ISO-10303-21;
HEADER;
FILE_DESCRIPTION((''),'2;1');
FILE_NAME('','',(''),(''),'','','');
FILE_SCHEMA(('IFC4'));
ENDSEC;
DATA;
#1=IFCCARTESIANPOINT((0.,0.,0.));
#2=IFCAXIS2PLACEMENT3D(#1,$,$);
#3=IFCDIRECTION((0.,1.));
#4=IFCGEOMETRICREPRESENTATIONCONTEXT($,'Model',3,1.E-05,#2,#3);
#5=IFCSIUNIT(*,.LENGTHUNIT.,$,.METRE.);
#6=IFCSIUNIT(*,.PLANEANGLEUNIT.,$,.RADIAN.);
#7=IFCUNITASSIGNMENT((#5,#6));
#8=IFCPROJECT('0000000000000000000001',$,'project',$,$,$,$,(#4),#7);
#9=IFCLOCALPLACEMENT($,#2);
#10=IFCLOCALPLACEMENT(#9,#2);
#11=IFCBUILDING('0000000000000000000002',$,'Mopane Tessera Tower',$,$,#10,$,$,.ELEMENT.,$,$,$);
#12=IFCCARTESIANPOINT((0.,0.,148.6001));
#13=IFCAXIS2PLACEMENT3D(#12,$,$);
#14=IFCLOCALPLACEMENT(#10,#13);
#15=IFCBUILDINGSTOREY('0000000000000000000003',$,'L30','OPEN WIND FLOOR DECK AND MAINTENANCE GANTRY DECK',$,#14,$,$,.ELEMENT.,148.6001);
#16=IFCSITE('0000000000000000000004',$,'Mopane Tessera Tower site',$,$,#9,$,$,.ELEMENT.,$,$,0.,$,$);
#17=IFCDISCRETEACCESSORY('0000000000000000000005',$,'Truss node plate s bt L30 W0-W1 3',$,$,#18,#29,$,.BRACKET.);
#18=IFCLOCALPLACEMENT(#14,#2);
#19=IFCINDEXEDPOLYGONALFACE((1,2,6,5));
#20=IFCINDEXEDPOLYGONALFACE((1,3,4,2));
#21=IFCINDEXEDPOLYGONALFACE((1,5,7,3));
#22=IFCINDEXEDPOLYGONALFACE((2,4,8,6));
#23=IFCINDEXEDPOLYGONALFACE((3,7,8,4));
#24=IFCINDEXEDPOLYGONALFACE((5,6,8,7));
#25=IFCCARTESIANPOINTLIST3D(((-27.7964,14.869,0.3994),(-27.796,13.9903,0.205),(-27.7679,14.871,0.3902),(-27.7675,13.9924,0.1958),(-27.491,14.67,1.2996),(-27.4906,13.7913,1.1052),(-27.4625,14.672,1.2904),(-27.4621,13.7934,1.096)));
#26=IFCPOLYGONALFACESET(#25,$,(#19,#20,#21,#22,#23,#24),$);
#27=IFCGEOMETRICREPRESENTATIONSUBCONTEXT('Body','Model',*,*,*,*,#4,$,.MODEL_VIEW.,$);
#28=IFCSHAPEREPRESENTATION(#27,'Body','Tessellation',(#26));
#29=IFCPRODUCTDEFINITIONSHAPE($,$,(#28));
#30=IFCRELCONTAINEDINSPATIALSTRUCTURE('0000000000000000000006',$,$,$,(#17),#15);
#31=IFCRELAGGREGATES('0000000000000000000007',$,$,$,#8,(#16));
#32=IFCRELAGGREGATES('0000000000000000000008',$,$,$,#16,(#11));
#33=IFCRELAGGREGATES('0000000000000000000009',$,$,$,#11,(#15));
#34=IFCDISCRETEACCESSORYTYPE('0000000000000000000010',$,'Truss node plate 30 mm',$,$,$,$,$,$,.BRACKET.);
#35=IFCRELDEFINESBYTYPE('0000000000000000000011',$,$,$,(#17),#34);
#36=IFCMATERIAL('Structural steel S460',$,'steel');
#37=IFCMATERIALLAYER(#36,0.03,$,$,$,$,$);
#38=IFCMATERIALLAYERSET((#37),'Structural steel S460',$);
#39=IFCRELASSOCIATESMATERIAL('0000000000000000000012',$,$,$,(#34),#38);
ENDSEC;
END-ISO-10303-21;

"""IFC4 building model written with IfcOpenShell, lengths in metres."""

from ifc_helpers import new_model, si_unit, direction, frame, origin, origin_2d, place, context, subcontext, project, spatial, rectangle, extrude, material, layer, layer_set, type_object, element, save


model = new_model("IFC4")

# Units and contexts
model_context = context("Model", 3, precision=1e-05, world=origin(), true_north=direction((0.0, 1.0)))
body_context = subcontext(model_context, "Body", "Model", "MODEL_VIEW")
ifc_project = project(units=[si_unit("LENGTHUNIT", "METRE"), si_unit("PLANEANGLEUNIT", "RADIAN")], contexts=[model_context])

# Site, building, storey
site_placement = place(None, origin())
site = spatial("IfcSite", under=ifc_project, at=site_placement, Name="Mopane Tessera Tower site", CompositionType="ELEMENT", RefElevation=0.0)
building_placement = place(site_placement, origin())
building = spatial("IfcBuilding", under=site, at=building_placement, Name="Mopane Tessera Tower", CompositionType="ELEMENT")
storey_placement = place(building_placement, frame((0.0, 0.0, 148.6001)))
storey = spatial("IfcBuildingStorey", under=building, at=storey_placement, Name="L30", Description="OPEN WIND FLOOR DECK AND MAINTENANCE GANTRY DECK", CompositionType="ELEMENT", Elevation=148.6001)

# Discrete accessory
ifc_material_1 = material(Name="Structural steel S460", Category="steel")
ifc_layer_1 = layer(ifc_material_1, 0.03)
ifc_layer_set_1 = layer_set([ifc_layer_1], Name="Structural steel S460")
discrete_accessory_type = type_object("IfcDiscreteAccessoryType", Name="Truss node plate 30 mm", PredefinedType="BRACKET", material=ifc_layer_set_1)
discrete_accessory_1_placement = place(storey_placement, frame((-27.782, 14.4307, 0.2976), z_axis=(0.314492, -0.204885, 0.926885), x_axis=(0.94926, 0.068324, -0.306981)))
element("IfcDiscreteAccessory", 1, at=discrete_accessory_1_placement, inside=storey, type_object=discrete_accessory_type, Name="Truss node plate s bt L30 W0-W1 3", PredefinedType="BRACKET", context=body_context, shape_type="SweptSolid", body=[
    extrude(rectangle(XDim=0.03, YDim=0.8999, at=origin_2d()), origin(), (0.0, 0.0, 1.0), 0.9712),
])

save(model, "model.ifc")
